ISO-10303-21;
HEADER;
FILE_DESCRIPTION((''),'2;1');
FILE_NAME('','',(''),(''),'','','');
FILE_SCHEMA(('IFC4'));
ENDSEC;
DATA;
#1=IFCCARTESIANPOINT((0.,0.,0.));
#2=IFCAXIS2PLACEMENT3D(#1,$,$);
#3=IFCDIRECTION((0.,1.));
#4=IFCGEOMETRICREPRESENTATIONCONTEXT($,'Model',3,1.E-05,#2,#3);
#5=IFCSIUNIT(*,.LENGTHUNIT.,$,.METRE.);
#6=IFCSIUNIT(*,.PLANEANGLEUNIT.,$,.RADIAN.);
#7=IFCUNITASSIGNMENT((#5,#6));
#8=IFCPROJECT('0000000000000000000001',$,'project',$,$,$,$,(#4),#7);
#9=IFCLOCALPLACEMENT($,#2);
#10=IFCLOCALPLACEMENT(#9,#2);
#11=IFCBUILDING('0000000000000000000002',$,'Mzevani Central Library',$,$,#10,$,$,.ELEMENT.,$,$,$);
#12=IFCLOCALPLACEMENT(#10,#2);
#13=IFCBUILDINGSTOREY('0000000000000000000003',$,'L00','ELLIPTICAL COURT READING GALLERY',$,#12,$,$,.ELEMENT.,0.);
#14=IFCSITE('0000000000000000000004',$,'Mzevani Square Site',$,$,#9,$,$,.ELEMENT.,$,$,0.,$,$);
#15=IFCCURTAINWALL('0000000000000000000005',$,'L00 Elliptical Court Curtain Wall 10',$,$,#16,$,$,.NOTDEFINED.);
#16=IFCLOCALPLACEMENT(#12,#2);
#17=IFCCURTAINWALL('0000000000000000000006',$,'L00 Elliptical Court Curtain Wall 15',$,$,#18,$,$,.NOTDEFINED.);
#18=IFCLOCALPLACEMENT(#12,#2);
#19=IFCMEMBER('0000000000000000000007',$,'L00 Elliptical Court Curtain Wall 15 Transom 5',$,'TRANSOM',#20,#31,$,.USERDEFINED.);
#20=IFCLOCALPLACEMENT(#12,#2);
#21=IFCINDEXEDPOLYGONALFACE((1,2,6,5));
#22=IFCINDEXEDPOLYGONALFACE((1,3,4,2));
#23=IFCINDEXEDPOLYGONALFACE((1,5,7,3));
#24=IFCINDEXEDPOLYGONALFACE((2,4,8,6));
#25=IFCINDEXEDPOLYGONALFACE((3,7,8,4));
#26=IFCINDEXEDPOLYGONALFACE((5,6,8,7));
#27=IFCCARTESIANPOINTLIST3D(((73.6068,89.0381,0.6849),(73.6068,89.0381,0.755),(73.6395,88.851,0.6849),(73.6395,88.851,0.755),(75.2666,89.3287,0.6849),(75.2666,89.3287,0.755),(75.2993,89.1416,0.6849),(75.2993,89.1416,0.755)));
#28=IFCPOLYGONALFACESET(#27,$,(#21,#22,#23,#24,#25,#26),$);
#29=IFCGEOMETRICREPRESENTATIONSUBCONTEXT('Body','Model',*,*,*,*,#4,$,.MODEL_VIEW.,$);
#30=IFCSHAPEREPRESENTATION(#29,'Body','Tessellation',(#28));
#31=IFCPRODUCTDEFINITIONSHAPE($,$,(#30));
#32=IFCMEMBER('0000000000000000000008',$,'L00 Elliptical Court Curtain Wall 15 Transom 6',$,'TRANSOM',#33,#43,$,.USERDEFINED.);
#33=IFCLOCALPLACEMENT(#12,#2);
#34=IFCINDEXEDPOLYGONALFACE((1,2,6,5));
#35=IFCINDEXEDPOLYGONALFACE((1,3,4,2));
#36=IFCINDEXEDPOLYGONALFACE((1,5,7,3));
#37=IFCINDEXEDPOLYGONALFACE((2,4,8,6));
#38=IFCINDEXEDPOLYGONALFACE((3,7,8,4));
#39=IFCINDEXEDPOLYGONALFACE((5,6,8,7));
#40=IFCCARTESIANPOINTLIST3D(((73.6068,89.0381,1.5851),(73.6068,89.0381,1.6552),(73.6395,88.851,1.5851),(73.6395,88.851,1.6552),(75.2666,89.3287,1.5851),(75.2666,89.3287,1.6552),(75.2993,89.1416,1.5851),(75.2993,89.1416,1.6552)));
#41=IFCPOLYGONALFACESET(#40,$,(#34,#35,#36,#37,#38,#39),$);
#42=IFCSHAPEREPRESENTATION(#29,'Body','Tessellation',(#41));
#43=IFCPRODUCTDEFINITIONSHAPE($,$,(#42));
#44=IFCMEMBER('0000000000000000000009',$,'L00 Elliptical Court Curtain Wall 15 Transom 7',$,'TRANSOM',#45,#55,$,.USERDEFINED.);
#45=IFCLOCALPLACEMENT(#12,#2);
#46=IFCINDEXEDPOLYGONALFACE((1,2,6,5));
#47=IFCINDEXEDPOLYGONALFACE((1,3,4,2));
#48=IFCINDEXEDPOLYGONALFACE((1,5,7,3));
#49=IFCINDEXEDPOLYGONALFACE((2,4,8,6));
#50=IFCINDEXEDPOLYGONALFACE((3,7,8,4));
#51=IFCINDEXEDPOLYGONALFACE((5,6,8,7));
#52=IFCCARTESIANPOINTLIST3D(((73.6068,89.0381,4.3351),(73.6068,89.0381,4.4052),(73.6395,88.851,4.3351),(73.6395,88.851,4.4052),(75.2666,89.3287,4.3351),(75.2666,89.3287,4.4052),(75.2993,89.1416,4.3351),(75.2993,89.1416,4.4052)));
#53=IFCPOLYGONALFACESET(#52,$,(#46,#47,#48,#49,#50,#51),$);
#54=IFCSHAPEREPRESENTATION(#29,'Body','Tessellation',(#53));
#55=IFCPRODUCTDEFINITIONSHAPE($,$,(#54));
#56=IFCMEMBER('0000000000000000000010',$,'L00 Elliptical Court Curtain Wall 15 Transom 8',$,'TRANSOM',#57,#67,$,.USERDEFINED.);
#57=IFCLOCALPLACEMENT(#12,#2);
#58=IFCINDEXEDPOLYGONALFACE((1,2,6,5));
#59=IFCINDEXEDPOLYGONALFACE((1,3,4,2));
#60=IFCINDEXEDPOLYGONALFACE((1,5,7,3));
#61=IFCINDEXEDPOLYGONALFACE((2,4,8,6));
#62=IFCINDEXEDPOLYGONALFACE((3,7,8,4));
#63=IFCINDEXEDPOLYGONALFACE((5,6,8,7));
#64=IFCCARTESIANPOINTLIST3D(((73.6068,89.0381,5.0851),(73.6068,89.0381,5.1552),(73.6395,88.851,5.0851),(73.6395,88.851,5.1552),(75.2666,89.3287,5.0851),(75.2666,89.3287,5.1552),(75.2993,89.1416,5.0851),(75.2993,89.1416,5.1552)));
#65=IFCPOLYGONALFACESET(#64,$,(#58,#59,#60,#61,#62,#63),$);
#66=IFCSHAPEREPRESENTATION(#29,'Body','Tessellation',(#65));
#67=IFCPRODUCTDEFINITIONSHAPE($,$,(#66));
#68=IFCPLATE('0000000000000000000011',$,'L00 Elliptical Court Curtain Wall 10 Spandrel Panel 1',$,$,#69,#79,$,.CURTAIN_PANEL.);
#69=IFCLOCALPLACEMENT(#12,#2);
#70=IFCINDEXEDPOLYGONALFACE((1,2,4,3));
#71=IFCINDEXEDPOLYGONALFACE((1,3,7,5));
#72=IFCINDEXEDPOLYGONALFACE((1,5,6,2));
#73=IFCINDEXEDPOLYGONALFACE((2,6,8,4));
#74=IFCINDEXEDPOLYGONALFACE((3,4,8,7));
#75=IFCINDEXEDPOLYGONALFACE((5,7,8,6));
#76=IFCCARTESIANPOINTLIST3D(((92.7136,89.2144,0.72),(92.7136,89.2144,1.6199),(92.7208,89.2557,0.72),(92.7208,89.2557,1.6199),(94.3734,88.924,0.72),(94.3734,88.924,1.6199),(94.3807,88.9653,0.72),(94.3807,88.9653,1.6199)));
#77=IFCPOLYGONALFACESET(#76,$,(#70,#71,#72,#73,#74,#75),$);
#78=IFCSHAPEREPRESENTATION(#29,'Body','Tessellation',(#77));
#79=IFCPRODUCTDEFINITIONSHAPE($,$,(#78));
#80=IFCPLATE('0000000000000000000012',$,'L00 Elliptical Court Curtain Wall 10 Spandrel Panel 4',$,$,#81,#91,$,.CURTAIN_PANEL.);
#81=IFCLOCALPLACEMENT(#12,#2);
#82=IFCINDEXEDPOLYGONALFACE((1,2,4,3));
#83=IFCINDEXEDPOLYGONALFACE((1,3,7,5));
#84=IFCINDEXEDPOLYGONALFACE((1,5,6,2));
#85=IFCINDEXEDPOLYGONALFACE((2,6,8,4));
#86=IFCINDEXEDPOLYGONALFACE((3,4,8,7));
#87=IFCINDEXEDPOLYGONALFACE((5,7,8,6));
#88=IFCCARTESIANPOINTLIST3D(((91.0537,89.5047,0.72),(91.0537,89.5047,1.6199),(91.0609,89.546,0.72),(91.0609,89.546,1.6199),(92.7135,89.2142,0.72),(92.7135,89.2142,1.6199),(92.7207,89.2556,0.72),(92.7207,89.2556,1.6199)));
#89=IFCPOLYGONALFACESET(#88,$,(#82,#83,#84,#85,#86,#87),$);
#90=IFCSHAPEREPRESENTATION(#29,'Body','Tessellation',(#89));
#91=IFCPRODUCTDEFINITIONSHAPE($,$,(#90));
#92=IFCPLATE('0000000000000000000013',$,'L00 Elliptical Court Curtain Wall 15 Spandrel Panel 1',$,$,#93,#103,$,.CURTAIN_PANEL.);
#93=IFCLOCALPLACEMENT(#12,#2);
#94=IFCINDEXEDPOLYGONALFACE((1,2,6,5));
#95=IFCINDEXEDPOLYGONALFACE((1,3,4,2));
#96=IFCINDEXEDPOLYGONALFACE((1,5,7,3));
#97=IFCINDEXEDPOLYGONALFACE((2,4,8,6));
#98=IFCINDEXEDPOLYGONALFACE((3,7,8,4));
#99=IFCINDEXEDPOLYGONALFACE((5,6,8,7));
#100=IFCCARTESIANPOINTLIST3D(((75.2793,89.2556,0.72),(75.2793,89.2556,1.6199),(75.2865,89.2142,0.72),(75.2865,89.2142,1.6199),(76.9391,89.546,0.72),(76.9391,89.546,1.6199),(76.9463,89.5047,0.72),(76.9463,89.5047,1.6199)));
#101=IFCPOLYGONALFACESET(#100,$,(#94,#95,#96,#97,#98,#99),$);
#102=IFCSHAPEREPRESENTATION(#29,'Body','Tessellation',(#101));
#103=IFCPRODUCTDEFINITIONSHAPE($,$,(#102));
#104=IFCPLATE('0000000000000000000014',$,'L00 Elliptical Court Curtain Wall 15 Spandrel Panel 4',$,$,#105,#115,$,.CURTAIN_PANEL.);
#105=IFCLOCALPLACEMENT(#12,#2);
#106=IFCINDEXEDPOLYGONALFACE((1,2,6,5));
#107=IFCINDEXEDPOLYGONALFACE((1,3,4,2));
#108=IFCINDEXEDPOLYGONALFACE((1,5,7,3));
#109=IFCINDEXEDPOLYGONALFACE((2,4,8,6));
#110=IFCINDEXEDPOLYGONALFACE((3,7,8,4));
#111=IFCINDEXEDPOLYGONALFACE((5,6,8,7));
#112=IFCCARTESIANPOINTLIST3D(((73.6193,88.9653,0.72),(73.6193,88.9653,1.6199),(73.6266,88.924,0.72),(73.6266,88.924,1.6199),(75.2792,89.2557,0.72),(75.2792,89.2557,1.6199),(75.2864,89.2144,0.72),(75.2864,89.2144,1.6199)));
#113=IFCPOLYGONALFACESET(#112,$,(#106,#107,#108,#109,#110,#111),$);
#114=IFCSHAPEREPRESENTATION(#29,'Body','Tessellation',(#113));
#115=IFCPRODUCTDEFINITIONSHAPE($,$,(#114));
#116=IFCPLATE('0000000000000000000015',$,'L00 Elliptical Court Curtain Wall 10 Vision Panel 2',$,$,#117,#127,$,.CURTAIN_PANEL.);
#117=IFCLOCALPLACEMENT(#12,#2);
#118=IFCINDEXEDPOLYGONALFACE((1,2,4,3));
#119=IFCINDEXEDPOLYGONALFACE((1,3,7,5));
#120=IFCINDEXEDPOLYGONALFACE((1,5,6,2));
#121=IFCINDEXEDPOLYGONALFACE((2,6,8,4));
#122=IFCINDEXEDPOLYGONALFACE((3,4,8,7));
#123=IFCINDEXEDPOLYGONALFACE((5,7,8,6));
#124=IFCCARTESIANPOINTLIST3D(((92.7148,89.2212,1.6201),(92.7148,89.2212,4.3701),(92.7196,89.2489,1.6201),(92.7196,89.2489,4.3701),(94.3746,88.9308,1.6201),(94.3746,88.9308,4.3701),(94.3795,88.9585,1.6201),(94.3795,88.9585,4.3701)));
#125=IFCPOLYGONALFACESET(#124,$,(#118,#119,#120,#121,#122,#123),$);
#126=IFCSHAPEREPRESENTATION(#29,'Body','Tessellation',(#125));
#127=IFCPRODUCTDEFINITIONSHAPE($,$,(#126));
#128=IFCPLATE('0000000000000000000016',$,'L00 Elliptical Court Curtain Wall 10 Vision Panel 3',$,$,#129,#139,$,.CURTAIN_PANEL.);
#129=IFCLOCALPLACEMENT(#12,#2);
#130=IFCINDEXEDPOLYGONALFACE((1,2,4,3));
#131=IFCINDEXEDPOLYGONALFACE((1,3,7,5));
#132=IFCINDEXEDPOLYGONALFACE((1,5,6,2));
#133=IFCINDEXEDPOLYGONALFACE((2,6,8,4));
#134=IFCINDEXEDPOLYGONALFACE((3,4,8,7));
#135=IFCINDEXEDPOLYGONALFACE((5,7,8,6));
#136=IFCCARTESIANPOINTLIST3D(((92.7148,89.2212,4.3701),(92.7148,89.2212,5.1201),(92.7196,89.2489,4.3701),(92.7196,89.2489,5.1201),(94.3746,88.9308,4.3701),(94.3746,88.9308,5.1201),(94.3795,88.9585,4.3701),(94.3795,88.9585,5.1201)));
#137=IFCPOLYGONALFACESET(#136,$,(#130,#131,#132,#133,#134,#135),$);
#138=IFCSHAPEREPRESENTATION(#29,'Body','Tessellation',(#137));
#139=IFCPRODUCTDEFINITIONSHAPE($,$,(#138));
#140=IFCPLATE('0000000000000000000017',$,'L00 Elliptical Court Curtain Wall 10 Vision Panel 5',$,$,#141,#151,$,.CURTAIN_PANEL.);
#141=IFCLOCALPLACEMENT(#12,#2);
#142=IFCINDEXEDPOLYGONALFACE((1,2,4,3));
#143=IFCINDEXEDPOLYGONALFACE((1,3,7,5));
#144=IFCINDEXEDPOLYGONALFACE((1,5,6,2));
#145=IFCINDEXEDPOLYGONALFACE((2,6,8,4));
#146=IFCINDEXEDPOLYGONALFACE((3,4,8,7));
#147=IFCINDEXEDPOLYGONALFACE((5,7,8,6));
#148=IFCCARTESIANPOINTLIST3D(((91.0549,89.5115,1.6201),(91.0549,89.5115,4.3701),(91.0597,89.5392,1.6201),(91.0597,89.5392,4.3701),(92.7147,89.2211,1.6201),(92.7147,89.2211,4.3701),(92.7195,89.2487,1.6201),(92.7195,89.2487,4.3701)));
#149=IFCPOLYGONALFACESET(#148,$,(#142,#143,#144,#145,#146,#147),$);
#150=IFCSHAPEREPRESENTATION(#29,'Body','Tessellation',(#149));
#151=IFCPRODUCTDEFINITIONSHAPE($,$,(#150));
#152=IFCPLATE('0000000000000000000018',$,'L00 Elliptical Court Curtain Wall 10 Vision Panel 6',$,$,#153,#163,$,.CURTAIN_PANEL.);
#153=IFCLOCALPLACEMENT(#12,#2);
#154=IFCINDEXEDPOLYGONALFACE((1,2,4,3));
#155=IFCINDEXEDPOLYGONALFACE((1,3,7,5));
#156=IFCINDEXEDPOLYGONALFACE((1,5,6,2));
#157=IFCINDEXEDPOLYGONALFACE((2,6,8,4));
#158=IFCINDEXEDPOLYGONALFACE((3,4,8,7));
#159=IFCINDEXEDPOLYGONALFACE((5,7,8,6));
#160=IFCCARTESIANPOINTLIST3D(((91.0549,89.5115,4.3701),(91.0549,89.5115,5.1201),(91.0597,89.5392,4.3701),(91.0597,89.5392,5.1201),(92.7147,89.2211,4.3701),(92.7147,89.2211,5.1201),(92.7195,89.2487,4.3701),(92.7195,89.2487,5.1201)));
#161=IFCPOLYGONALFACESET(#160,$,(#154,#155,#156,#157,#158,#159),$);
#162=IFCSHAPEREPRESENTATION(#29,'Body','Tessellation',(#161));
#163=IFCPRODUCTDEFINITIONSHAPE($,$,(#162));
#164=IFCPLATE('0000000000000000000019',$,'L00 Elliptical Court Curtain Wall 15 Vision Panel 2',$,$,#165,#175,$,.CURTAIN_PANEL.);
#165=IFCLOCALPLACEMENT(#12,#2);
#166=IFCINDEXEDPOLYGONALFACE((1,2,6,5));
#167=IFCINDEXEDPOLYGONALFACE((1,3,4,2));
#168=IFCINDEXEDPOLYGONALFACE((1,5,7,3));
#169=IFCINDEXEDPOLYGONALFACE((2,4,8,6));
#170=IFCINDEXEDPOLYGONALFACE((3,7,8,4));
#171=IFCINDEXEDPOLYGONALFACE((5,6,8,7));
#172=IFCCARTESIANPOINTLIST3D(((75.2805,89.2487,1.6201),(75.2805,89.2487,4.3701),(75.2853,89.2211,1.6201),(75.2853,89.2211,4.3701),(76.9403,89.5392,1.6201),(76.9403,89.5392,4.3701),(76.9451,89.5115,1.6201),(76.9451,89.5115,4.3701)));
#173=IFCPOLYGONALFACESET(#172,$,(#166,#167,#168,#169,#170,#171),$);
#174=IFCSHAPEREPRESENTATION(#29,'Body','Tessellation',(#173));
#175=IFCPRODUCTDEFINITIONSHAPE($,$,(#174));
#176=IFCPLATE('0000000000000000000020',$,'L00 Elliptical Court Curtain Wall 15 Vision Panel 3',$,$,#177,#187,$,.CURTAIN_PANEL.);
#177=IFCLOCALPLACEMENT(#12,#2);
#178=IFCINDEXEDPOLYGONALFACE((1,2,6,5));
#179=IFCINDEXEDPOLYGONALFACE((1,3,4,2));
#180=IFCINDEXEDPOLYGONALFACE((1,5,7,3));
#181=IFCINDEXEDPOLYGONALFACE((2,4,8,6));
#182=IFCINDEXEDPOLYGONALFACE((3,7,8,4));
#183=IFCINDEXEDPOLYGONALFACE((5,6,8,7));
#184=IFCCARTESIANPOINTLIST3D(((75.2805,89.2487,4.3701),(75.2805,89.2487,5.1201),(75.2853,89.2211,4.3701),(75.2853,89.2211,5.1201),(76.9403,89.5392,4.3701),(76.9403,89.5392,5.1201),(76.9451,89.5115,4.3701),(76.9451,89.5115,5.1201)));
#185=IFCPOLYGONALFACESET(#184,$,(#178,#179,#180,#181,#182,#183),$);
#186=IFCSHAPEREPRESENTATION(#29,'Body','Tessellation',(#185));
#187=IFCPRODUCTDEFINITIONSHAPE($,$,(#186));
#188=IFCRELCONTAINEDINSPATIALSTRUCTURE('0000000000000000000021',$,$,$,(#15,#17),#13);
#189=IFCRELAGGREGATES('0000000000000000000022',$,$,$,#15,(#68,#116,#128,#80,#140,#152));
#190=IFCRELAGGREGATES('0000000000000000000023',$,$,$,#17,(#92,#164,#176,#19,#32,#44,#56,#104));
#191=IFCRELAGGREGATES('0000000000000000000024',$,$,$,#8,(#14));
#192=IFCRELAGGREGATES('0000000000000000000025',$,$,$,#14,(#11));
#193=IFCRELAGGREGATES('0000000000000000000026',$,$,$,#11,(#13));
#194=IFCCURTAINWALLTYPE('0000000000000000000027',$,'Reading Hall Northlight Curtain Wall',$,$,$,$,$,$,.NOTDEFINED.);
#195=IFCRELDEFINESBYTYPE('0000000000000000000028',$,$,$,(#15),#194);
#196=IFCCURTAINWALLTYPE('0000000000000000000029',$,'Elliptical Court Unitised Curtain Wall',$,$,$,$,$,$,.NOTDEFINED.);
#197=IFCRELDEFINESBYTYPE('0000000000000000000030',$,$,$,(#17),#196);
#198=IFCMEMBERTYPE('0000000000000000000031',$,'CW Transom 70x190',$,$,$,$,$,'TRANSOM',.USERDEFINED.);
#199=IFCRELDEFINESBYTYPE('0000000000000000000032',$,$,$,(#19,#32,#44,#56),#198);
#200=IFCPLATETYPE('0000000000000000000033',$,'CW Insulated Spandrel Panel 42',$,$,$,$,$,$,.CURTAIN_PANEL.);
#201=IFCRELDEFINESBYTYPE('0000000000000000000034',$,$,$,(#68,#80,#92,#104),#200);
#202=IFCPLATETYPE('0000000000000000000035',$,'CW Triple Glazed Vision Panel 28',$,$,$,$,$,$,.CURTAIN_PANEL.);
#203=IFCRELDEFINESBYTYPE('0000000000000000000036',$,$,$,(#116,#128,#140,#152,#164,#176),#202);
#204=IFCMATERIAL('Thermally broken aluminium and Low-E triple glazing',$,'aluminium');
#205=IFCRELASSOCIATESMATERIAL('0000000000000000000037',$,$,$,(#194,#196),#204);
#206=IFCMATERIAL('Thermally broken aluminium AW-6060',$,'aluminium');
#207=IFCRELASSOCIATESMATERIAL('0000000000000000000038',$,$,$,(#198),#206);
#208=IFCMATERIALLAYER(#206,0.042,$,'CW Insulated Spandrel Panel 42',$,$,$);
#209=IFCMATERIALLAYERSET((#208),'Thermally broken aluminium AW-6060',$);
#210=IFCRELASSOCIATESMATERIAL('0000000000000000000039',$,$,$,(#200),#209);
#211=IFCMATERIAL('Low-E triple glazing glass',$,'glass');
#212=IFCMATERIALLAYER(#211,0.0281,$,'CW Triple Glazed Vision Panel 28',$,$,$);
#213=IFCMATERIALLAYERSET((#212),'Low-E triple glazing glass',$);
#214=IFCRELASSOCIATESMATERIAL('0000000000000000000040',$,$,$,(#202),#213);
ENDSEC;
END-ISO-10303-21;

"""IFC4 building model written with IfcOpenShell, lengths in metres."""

from ifc_helpers import new_model, si_unit, direction, frame, origin, origin_2d, place, context, subcontext, project, spatial, rectangle, extrude, material, layer, layer_set, material_profile, profile_set, type_object, element, aggregate, save


model = new_model("IFC4")

# Units and contexts
model_context = context("Model", 3, precision=1e-05, world=origin(), true_north=direction((0.0, 1.0)))
body_context = subcontext(model_context, "Body", "Model", "MODEL_VIEW")
ifc_project = project(units=[si_unit("LENGTHUNIT", "METRE"), si_unit("PLANEANGLEUNIT", "RADIAN")], contexts=[model_context])

# Site, building, storey
site_placement = place(None, origin())
site = spatial("IfcSite", under=ifc_project, at=site_placement, Name="Mzevani Square Site", CompositionType="ELEMENT", RefElevation=0.0)
building_placement = place(site_placement, origin())
building = spatial("IfcBuilding", under=site, at=building_placement, Name="Mzevani Central Library", CompositionType="ELEMENT")
storey_placement = place(building_placement, origin())
storey = spatial("IfcBuildingStorey", under=building, at=storey_placement, Name="L00", Description="ELLIPTICAL COURT READING GALLERY", CompositionType="ELEMENT", Elevation=0.0)

# Curtain walls
ifc_material_1 = material(Name="Thermally broken aluminium and Low-E triple glazing", Category="aluminium")
curtain_wall_type_1 = type_object("IfcCurtainWallType", Name="Reading Hall Northlight Curtain Wall", PredefinedType="NOTDEFINED", material=ifc_material_1)
curtain_wall_1_placement = place(storey_placement, origin())
curtain_wall_1 = element("IfcCurtainWall", 1, at=curtain_wall_1_placement, inside=storey, type_object=curtain_wall_type_1, Name="L00 Elliptical Court Curtain Wall 10", PredefinedType="NOTDEFINED")
ifc_material_2 = material(Name="Thermally broken aluminium AW-6060", Category="aluminium")
curtain_wall_type_2 = type_object("IfcCurtainWallType", Name="Elliptical Court Unitised Curtain Wall", PredefinedType="NOTDEFINED", material=ifc_material_1)
curtain_wall_2_placement = place(storey_placement, origin())
curtain_wall_2 = element("IfcCurtainWall", 2, at=curtain_wall_2_placement, inside=storey, type_object=curtain_wall_type_2, Name="L00 Elliptical Court Curtain Wall 15", PredefinedType="NOTDEFINED")

# Members
ifc_material_profile_1 = material_profile(ifc_material_2, rectangle(XDim=0.1899, YDim=0.0701, at=origin_2d()), Name="ALU T70x190")
ifc_profile_set_1 = profile_set([ifc_material_profile_1], Name="Thermally broken aluminium AW-6060")
member_type_1 = type_object("IfcMemberType", Name="CW Transom 70x190", ElementType="TRANSOM", PredefinedType="USERDEFINED", material=ifc_profile_set_1)
member_1_placement = place(storey_placement, frame((75.283, 89.2351, 0.72), z_axis=(-0.985026, -0.172405, 0.0), x_axis=(0.172405, -0.985026, 0.0)))
member_1 = element("IfcMember", 3, at=member_1_placement, type_object=member_type_1, Name="L00 Elliptical Court Curtain Wall 15 Transom 5", ObjectType="TRANSOM", PredefinedType="USERDEFINED", context=body_context, shape_type="SweptSolid", body=[
    extrude(rectangle(XDim=0.1899, YDim=0.0701, at=origin_2d()), origin(), (0.0, 0.0, 1.0), 1.6851),
])
member_2_placement = place(storey_placement, frame((75.283, 89.2351, 1.6201), z_axis=(-0.985026, -0.172405, 0.0), x_axis=(0.172405, -0.985026, 0.0)))
member_2 = element("IfcMember", 4, at=member_2_placement, type_object=member_type_1, Name="L00 Elliptical Court Curtain Wall 15 Transom 6", ObjectType="TRANSOM", PredefinedType="USERDEFINED", context=body_context, shape_type="SweptSolid", body=[
    extrude(rectangle(XDim=0.1899, YDim=0.0701, at=origin_2d()), origin(), (0.0, 0.0, 1.0), 1.6851),
])
member_3_placement = place(storey_placement, frame((75.283, 89.2351, 4.3701), z_axis=(-0.985026, -0.172405, 0.0), x_axis=(0.172405, -0.985026, 0.0)))
member_3 = element("IfcMember", 5, at=member_3_placement, type_object=member_type_1, Name="L00 Elliptical Court Curtain Wall 15 Transom 7", ObjectType="TRANSOM", PredefinedType="USERDEFINED", context=body_context, shape_type="SweptSolid", body=[
    extrude(rectangle(XDim=0.1899, YDim=0.0701, at=origin_2d()), origin(), (0.0, 0.0, 1.0), 1.6851),
])
member_4_placement = place(storey_placement, frame((75.283, 89.2351, 5.1201), z_axis=(-0.985026, -0.172405, 0.0), x_axis=(0.172405, -0.985026, 0.0)))
member_4 = element("IfcMember", 6, at=member_4_placement, type_object=member_type_1, Name="L00 Elliptical Court Curtain Wall 15 Transom 8", ObjectType="TRANSOM", PredefinedType="USERDEFINED", context=body_context, shape_type="SweptSolid", body=[
    extrude(rectangle(XDim=0.1899, YDim=0.0701, at=origin_2d()), origin(), (0.0, 0.0, 1.0), 1.6851),
])

# Plates
ifc_layer_1 = layer(ifc_material_2, 0.042, Name="CW Insulated Spandrel Panel 42")
ifc_layer_set_1 = layer_set([ifc_layer_1], Name="Thermally broken aluminium AW-6060")
plate_type_1 = type_object("IfcPlateType", Name="CW Insulated Spandrel Panel 42", PredefinedType="CURTAIN_PANEL", material=ifc_layer_set_1)
plate_1_placement = place(storey_placement, frame((93.5471, 89.0898, 0.72), z_axis=(0.0, 0.0, 1.0), x_axis=(-0.985036, 0.172349, 0.0)))
plate_1 = element("IfcPlate", 7, at=plate_1_placement, type_object=plate_type_1, Name="L00 Elliptical Court Curtain Wall 10 Spandrel Panel 1", PredefinedType="CURTAIN_PANEL", context=body_context, shape_type="SweptSolid", body=[
    extrude(rectangle(XDim=1.6851, YDim=0.042, at=origin_2d()), origin(), (0.0, 0.0, 1.0), 0.8999),
])
plate_2_placement = place(storey_placement, frame((91.8872, 89.3801, 0.72), z_axis=(0.0, 0.0, 1.0), x_axis=(-0.985036, 0.172349, 0.0)))
plate_2 = element("IfcPlate", 8, at=plate_2_placement, type_object=plate_type_1, Name="L00 Elliptical Court Curtain Wall 10 Spandrel Panel 4", PredefinedType="CURTAIN_PANEL", context=body_context, shape_type="SweptSolid", body=[
    extrude(rectangle(XDim=1.6851, YDim=0.042, at=origin_2d()), origin(), (0.0, 0.0, 1.0), 0.8999),
])
plate_3_placement = place(storey_placement, frame((76.1128, 89.3801, 0.72), z_axis=(0.0, 0.0, 1.0), x_axis=(-0.985036, -0.172349, 0.0)))
plate_3 = element("IfcPlate", 9, at=plate_3_placement, type_object=plate_type_1, Name="L00 Elliptical Court Curtain Wall 15 Spandrel Panel 1", PredefinedType="CURTAIN_PANEL", context=body_context, shape_type="SweptSolid", body=[
    extrude(rectangle(XDim=1.6851, YDim=0.042, at=origin_2d()), origin(), (0.0, 0.0, 1.0), 0.8999),
])
plate_4_placement = place(storey_placement, frame((74.4529, 89.0898, 0.72), z_axis=(0.0, 0.0, 1.0), x_axis=(-0.985036, -0.172349, 0.0)))
plate_4 = element("IfcPlate", 10, at=plate_4_placement, type_object=plate_type_1, Name="L00 Elliptical Court Curtain Wall 15 Spandrel Panel 4", PredefinedType="CURTAIN_PANEL", context=body_context, shape_type="SweptSolid", body=[
    extrude(rectangle(XDim=1.6851, YDim=0.042, at=origin_2d()), origin(), (0.0, 0.0, 1.0), 0.8999),
])
ifc_material_3 = material(Name="Low-E triple glazing glass", Category="glass")
ifc_layer_2 = layer(ifc_material_3, 0.0281, Name="CW Triple Glazed Vision Panel 28")
ifc_layer_set_2 = layer_set([ifc_layer_2], Name="Low-E triple glazing glass")
plate_type_2 = type_object("IfcPlateType", Name="CW Triple Glazed Vision Panel 28", PredefinedType="CURTAIN_PANEL", material=ifc_layer_set_2)
plate_5_placement = place(storey_placement, frame((93.5471, 89.0898, 1.6201), z_axis=(0.0, 0.0, 1.0), x_axis=(-0.985036, 0.172349, 0.0)))
plate_5 = element("IfcPlate", 11, at=plate_5_placement, type_object=plate_type_2, Name="L00 Elliptical Court Curtain Wall 10 Vision Panel 2", PredefinedType="CURTAIN_PANEL", context=body_context, shape_type="SweptSolid", body=[
    extrude(rectangle(XDim=1.6851, YDim=0.0281, at=origin_2d()), origin(), (0.0, 0.0, 1.0), 2.75),
])
plate_6_placement = place(storey_placement, frame((93.5471, 89.0898, 4.3701), z_axis=(0.0, 0.0, 1.0), x_axis=(-0.985036, 0.172349, 0.0)))
plate_6 = element("IfcPlate", 12, at=plate_6_placement, type_object=plate_type_2, Name="L00 Elliptical Court Curtain Wall 10 Vision Panel 3", PredefinedType="CURTAIN_PANEL", context=body_context, shape_type="SweptSolid", body=[
    extrude(rectangle(XDim=1.6851, YDim=0.0281, at=origin_2d()), origin(), (0.0, 0.0, 1.0), 0.75),
])
plate_7_placement = place(storey_placement, frame((91.8872, 89.3801, 1.6201), z_axis=(0.0, 0.0, 1.0), x_axis=(-0.985036, 0.172349, 0.0)))
plate_7 = element("IfcPlate", 13, at=plate_7_placement, type_object=plate_type_2, Name="L00 Elliptical Court Curtain Wall 10 Vision Panel 5", PredefinedType="CURTAIN_PANEL", context=body_context, shape_type="SweptSolid", body=[
    extrude(rectangle(XDim=1.6851, YDim=0.0281, at=origin_2d()), origin(), (0.0, 0.0, 1.0), 2.75),
])
plate_8_placement = place(storey_placement, frame((91.8872, 89.3801, 4.3701), z_axis=(0.0, 0.0, 1.0), x_axis=(-0.985036, 0.172349, 0.0)))
plate_8 = element("IfcPlate", 14, at=plate_8_placement, type_object=plate_type_2, Name="L00 Elliptical Court Curtain Wall 10 Vision Panel 6", PredefinedType="CURTAIN_PANEL", context=body_context, shape_type="SweptSolid", body=[
    extrude(rectangle(XDim=1.6851, YDim=0.0281, at=origin_2d()), origin(), (0.0, 0.0, 1.0), 0.75),
])
aggregate(curtain_wall_1, [plate_1, plate_5, plate_6, plate_2, plate_7, plate_8])
plate_9_placement = place(storey_placement, frame((76.1128, 89.3801, 1.6201), z_axis=(0.0, 0.0, 1.0), x_axis=(-0.985036, -0.172349, 0.0)))
plate_9 = element("IfcPlate", 15, at=plate_9_placement, type_object=plate_type_2, Name="L00 Elliptical Court Curtain Wall 15 Vision Panel 2", PredefinedType="CURTAIN_PANEL", context=body_context, shape_type="SweptSolid", body=[
    extrude(rectangle(XDim=1.6851, YDim=0.0281, at=origin_2d()), origin(), (0.0, 0.0, 1.0), 2.75),
])
plate_10_placement = place(storey_placement, frame((76.1128, 89.3801, 4.3701), z_axis=(0.0, 0.0, 1.0), x_axis=(-0.985036, -0.172349, 0.0)))
plate_10 = element("IfcPlate", 16, at=plate_10_placement, type_object=plate_type_2, Name="L00 Elliptical Court Curtain Wall 15 Vision Panel 3", PredefinedType="CURTAIN_PANEL", context=body_context, shape_type="SweptSolid", body=[
    extrude(rectangle(XDim=1.6851, YDim=0.0281, at=origin_2d()), origin(), (0.0, 0.0, 1.0), 0.75),
])
aggregate(curtain_wall_2, [plate_3, plate_9, plate_10, member_1, member_2, member_3, member_4, plate_4])

save(model, "model.ifc")
